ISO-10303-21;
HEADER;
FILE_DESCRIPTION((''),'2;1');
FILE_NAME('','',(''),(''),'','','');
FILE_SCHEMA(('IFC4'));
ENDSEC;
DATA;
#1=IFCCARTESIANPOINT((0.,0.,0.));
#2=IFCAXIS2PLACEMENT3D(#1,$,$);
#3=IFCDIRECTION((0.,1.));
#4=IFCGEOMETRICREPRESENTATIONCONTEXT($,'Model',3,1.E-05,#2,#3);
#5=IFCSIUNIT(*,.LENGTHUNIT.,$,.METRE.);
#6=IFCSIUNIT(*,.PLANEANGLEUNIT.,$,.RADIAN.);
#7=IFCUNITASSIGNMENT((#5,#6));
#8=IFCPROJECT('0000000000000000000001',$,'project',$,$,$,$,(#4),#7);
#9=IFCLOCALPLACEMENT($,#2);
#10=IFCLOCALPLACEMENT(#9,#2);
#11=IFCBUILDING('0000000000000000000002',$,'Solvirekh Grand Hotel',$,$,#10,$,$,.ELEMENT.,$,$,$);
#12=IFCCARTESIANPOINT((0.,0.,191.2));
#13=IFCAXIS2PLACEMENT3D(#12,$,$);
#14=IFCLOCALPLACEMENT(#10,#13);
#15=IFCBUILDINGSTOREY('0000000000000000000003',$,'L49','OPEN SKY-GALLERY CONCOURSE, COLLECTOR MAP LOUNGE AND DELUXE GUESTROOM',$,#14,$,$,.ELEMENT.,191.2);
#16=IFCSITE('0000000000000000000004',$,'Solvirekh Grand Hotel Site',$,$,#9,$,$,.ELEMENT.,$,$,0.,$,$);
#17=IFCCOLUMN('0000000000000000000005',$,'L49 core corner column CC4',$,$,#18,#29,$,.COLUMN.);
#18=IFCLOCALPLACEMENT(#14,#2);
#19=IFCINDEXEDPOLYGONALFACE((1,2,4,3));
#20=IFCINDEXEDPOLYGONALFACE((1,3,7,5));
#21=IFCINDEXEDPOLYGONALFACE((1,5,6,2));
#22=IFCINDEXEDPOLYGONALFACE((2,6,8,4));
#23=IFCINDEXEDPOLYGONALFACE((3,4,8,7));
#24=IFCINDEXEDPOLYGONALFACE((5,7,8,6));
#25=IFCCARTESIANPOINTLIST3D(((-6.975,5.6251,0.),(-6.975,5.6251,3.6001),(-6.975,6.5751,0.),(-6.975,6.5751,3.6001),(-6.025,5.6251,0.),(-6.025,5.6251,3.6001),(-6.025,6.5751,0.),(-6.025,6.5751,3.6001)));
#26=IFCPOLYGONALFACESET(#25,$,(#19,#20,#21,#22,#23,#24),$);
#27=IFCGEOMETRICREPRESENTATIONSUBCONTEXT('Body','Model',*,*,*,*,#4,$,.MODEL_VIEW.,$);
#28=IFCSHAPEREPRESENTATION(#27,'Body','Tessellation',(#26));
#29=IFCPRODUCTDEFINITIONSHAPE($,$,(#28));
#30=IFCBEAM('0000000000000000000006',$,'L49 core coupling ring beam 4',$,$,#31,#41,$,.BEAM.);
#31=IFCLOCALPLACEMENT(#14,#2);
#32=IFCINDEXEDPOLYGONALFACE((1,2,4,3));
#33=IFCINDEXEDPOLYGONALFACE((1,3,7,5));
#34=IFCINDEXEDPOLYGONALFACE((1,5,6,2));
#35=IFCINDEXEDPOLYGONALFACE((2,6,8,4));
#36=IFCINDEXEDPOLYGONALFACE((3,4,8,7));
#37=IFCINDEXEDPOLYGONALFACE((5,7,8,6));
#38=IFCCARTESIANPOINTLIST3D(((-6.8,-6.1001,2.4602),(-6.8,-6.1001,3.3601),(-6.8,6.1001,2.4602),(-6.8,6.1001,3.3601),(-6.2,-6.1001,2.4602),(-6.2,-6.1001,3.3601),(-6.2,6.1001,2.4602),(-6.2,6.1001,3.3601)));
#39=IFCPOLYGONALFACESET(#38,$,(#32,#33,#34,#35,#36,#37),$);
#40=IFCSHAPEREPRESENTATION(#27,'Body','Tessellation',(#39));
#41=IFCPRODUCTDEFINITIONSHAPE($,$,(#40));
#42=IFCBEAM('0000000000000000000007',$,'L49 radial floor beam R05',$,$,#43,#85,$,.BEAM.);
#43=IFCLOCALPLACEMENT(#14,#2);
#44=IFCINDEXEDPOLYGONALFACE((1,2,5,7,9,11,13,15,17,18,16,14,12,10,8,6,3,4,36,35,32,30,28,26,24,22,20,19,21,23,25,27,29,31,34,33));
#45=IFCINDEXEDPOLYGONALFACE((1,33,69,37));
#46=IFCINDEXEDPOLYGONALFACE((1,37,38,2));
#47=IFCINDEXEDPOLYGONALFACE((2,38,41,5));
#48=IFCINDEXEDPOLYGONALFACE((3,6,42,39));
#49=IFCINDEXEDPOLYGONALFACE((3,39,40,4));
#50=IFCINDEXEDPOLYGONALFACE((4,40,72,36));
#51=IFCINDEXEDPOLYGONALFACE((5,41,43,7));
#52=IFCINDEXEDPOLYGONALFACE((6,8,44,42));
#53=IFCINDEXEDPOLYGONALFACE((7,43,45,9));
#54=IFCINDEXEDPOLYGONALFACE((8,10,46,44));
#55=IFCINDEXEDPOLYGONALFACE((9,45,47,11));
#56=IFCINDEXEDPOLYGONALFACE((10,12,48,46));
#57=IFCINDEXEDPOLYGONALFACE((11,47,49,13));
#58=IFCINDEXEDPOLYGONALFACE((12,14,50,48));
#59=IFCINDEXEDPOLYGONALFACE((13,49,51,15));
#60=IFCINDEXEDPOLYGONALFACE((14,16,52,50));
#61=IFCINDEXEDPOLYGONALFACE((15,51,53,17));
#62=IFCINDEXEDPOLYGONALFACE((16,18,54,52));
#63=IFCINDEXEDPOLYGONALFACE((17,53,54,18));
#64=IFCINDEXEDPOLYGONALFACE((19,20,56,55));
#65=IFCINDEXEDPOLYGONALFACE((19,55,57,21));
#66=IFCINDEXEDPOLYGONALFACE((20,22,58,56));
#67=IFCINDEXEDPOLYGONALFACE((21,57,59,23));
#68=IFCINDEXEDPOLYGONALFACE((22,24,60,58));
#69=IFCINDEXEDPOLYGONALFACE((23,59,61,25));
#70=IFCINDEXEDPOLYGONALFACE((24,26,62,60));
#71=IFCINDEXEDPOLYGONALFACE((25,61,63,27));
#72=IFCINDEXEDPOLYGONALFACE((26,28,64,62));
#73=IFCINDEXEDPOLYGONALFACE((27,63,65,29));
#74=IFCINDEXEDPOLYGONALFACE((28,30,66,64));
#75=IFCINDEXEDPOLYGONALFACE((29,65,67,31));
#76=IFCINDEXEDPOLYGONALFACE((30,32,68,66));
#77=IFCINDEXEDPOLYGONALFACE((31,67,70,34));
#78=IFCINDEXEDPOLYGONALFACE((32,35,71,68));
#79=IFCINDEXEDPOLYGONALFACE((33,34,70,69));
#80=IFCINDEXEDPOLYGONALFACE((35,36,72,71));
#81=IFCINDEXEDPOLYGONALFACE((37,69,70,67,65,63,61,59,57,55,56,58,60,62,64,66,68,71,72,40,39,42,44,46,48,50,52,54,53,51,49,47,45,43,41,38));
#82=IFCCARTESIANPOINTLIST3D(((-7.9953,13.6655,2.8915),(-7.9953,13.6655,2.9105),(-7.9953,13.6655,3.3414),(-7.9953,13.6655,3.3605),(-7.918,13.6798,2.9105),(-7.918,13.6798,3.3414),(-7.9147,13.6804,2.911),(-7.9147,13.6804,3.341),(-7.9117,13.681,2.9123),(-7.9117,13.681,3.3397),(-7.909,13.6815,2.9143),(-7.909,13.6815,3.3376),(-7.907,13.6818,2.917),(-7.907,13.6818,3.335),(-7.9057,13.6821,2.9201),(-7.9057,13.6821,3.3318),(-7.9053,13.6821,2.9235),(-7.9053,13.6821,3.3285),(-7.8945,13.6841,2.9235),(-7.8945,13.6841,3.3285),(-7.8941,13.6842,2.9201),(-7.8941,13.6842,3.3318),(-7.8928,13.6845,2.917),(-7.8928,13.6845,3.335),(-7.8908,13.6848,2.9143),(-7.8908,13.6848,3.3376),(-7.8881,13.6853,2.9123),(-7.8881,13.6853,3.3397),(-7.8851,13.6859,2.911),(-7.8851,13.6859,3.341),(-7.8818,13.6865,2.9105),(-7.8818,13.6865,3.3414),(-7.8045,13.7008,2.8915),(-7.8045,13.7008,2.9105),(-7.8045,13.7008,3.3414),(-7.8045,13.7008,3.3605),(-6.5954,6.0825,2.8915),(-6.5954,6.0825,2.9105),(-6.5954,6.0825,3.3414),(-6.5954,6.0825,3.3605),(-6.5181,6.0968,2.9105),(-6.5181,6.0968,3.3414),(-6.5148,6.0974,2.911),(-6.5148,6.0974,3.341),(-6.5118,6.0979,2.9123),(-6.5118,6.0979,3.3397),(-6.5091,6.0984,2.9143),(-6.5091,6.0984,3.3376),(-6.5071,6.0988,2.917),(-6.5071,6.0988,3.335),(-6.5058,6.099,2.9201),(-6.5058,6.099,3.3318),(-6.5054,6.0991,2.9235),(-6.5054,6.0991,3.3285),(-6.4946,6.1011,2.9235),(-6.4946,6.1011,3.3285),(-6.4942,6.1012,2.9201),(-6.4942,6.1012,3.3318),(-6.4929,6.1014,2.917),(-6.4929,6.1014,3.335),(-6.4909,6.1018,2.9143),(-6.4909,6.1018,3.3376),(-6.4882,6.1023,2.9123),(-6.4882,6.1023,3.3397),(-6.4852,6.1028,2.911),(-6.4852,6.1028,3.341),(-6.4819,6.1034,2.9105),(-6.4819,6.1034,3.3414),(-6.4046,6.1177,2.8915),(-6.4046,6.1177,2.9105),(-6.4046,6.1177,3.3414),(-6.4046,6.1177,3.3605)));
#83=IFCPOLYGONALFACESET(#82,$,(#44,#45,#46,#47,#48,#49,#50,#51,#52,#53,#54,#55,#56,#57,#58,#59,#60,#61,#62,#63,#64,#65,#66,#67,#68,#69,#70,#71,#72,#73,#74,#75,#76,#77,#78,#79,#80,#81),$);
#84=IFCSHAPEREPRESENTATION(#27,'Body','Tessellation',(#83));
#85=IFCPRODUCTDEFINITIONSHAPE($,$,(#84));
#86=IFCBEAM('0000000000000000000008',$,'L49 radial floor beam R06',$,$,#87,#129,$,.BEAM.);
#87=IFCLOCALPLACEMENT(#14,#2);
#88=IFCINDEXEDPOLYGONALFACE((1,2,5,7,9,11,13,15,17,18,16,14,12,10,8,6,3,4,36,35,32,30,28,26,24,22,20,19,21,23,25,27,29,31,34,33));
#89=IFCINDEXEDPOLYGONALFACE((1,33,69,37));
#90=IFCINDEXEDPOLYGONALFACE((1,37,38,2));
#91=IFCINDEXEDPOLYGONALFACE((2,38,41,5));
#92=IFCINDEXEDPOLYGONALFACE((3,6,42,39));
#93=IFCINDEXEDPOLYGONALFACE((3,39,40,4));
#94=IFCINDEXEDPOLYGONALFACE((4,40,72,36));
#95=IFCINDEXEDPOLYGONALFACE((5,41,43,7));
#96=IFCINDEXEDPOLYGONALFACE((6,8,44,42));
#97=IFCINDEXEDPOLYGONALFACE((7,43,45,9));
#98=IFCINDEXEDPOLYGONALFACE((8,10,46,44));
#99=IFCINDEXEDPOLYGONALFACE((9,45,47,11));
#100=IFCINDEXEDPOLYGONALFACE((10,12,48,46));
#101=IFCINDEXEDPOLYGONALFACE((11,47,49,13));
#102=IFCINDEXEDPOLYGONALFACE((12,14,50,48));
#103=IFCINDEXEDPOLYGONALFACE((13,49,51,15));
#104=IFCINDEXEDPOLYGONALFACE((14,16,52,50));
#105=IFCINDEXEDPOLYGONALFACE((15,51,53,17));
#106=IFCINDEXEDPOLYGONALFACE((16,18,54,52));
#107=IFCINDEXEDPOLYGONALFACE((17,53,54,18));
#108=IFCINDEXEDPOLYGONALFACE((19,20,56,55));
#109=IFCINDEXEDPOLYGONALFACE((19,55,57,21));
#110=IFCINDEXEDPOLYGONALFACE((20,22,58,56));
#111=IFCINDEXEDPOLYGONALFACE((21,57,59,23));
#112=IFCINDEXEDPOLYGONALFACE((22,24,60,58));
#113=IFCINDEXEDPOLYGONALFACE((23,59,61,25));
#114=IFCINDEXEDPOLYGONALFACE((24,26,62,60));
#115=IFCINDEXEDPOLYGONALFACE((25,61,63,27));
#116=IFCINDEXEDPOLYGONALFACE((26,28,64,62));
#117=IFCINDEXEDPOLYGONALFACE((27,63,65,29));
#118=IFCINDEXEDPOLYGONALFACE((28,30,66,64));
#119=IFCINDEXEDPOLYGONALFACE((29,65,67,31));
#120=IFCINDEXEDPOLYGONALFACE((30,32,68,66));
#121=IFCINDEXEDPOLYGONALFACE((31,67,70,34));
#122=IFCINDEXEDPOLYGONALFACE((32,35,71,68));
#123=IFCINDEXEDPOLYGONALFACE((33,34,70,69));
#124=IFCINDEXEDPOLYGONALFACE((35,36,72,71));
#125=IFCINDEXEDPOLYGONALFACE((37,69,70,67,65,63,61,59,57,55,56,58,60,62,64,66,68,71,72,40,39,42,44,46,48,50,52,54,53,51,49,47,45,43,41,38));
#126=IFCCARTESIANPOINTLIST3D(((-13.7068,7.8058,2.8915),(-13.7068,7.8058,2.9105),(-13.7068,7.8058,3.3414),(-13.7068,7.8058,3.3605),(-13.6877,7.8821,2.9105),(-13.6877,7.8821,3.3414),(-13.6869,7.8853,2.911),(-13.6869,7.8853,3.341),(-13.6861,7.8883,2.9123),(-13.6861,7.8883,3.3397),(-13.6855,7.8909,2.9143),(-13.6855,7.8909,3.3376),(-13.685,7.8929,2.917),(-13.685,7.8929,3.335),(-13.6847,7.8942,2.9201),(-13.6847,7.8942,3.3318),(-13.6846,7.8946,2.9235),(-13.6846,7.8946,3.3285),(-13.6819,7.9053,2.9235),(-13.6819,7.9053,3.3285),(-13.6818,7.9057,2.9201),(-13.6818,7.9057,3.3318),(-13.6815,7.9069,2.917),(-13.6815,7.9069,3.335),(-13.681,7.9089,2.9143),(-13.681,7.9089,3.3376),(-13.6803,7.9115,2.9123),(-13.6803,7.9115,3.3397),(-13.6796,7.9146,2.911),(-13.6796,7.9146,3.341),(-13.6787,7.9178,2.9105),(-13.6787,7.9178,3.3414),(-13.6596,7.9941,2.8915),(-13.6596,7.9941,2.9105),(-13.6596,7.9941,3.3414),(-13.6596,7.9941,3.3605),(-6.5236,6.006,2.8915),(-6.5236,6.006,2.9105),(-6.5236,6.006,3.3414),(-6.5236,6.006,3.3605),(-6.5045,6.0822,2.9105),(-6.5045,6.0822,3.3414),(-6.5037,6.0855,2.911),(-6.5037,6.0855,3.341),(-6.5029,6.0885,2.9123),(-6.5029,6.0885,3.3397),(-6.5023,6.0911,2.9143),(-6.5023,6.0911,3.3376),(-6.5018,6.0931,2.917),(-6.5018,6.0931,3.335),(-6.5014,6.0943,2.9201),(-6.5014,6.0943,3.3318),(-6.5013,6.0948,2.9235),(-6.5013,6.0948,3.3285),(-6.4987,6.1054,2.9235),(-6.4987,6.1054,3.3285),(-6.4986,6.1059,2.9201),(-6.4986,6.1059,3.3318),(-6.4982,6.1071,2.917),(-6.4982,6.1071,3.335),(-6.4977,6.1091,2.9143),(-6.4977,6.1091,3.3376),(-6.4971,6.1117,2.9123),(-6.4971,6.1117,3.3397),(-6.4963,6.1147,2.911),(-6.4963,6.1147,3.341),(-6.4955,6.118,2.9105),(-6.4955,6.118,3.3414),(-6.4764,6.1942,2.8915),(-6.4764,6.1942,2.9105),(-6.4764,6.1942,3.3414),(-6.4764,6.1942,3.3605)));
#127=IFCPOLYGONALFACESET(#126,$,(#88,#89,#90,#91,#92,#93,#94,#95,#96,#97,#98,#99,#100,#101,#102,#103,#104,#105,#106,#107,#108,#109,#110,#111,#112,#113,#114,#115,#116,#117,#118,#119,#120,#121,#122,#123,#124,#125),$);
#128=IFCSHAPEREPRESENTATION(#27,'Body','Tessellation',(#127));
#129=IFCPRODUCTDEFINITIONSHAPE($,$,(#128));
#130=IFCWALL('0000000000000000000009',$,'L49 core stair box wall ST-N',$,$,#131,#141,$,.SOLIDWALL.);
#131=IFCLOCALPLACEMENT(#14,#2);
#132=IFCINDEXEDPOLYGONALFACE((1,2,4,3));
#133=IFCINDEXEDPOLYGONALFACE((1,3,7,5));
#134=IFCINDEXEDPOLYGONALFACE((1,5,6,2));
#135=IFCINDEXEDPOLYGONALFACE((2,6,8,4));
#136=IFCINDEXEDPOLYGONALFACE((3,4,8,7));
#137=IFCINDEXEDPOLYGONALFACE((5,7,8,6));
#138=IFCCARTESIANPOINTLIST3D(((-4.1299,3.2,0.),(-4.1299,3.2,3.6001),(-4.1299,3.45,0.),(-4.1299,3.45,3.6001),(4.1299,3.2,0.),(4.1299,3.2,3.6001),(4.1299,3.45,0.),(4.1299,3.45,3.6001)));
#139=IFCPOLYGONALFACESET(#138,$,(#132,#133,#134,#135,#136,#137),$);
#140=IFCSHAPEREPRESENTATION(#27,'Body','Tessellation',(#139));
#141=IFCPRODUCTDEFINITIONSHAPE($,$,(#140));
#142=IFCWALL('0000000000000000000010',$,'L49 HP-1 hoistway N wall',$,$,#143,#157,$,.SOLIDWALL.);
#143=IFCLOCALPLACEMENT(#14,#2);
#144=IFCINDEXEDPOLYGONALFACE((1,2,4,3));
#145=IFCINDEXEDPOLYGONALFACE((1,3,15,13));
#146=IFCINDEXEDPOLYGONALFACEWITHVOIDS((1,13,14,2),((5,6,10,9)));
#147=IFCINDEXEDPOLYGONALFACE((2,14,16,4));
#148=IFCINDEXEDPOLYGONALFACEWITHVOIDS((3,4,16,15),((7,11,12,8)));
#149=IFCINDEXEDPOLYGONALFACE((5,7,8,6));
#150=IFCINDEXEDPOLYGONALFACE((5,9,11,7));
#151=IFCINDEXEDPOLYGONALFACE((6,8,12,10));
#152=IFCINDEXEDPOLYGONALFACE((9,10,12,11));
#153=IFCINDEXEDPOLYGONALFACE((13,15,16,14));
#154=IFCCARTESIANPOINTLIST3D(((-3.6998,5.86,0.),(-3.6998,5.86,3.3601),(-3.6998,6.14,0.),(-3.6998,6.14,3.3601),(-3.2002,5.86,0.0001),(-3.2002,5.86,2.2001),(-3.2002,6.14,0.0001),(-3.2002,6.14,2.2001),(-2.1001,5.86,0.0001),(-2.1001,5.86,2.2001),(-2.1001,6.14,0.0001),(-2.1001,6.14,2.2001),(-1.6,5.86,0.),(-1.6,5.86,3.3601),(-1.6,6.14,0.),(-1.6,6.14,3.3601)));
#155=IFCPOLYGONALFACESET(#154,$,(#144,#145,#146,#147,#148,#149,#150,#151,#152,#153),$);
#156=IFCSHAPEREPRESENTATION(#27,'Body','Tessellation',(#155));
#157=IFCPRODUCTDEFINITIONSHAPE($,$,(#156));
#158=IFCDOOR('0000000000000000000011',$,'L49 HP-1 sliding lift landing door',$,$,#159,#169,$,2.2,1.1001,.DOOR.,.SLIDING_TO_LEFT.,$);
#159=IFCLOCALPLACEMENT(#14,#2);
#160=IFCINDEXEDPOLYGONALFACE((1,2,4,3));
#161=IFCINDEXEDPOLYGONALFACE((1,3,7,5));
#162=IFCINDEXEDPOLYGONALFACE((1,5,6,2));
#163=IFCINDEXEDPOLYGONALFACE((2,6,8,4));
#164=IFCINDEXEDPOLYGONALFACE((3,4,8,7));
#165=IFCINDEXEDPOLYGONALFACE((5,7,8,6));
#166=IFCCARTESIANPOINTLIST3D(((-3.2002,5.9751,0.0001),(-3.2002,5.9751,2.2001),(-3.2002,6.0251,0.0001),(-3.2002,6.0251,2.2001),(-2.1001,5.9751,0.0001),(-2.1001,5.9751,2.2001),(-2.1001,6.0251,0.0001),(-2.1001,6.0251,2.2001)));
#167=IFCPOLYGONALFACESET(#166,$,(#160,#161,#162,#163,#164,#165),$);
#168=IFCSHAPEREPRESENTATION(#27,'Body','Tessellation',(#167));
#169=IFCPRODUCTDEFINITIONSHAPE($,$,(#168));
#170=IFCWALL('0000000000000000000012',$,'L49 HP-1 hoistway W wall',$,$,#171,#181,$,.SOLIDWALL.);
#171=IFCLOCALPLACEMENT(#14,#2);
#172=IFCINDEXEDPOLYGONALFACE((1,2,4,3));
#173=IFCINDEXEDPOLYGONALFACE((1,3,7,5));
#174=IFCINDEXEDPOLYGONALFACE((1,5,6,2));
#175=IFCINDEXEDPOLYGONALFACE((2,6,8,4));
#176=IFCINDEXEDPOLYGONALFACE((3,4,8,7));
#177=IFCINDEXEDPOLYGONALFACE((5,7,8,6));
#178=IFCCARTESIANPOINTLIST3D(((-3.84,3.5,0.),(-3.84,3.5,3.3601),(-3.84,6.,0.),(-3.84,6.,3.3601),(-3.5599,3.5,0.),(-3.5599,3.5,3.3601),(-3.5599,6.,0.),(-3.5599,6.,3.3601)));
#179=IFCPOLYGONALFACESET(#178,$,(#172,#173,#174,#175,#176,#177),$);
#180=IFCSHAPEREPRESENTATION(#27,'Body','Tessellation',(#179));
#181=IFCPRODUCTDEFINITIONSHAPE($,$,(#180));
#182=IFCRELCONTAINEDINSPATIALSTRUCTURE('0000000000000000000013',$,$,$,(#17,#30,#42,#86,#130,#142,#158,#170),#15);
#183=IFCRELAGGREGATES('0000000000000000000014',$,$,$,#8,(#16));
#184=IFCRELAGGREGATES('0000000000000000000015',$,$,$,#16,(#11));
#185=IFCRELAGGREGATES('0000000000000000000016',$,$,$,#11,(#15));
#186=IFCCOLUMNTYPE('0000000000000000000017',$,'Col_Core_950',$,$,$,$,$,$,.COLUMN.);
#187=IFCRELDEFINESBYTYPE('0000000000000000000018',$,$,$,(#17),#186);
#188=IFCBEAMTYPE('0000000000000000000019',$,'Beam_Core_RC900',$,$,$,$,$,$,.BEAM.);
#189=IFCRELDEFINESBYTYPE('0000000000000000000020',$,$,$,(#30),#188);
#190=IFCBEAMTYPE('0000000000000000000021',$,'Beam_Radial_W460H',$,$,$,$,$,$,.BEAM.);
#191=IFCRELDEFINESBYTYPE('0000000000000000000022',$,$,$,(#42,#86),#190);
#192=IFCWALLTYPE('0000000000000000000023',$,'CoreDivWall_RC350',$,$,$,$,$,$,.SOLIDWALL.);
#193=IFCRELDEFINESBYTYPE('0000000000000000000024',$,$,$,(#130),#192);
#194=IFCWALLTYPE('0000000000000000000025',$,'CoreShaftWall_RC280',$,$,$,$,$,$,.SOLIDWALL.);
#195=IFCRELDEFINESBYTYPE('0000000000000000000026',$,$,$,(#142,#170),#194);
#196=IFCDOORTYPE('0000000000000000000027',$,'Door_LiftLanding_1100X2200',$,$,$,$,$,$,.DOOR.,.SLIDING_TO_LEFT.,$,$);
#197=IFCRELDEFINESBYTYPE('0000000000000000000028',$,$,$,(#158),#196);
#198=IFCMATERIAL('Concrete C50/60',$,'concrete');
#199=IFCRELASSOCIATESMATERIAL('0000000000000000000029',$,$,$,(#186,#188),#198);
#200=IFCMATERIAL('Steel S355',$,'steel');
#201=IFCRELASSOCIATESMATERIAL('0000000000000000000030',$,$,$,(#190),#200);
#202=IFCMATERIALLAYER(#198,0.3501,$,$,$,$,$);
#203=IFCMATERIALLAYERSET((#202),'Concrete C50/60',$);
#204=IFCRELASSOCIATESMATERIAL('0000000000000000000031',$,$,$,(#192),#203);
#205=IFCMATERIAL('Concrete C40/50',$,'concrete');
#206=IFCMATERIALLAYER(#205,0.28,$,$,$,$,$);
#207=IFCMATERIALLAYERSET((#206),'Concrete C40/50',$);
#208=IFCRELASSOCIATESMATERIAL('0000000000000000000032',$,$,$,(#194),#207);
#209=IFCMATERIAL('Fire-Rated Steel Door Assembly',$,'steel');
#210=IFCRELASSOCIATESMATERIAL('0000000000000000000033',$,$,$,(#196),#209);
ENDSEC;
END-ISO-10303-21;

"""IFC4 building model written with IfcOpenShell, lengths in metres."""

from ifc_helpers import new_model, si_unit, direction, frame, frame_2d, origin, origin_2d, place, context, subcontext, project, spatial, rectangle, i_section, extrude, material, layer, layer_set, material_profile, profile_set, type_object, element, fill, save


model = new_model("IFC4")

# Units and contexts
model_context = context("Model", 3, precision=1e-05, world=origin(), true_north=direction((0.0, 1.0)))
body_context = subcontext(model_context, "Body", "Model", "MODEL_VIEW")
ifc_project = project(units=[si_unit("LENGTHUNIT", "METRE"), si_unit("PLANEANGLEUNIT", "RADIAN")], contexts=[model_context])

# Site, building, storey
site_placement = place(None, origin())
site = spatial("IfcSite", under=ifc_project, at=site_placement, Name="Solvirekh Grand Hotel Site", CompositionType="ELEMENT", RefElevation=0.0)
building_placement = place(site_placement, origin())
building = spatial("IfcBuilding", under=site, at=building_placement, Name="Solvirekh Grand Hotel", CompositionType="ELEMENT")
storey_placement = place(building_placement, frame((0.0, 0.0, 191.2)))
storey = spatial("IfcBuildingStorey", under=building, at=storey_placement, Name="L49", Description="OPEN SKY-GALLERY CONCOURSE, COLLECTOR MAP LOUNGE AND DELUXE GUESTROOM", CompositionType="ELEMENT", Elevation=191.2)

# Column
ifc_material_1 = material(Name="Concrete C50/60", Category="concrete")
ifc_material_profile_1 = material_profile(ifc_material_1, rectangle(XDim=0.95, YDim=0.95, at=origin_2d()), Name="RC 950X950")
ifc_profile_set_1 = profile_set([ifc_material_profile_1], Name="Concrete C50/60")
column_type = type_object("IfcColumnType", Name="Col_Core_950", PredefinedType="COLUMN", material=ifc_profile_set_1)
column_placement = place(storey_placement, frame((-6.5, 6.1001, 0.0), z_axis=(0.0, 0.0, 1.0), x_axis=(1.0, 0.0, 0.0)))
element("IfcColumn", 1, at=column_placement, inside=storey, type_object=column_type, Name="L49 core corner column CC4", PredefinedType="COLUMN", context=body_context, shape_type="SweptSolid", body=[
    extrude(rectangle(XDim=0.95, YDim=0.95, at=origin_2d()), origin(), (0.0, 0.0, 1.0), 3.6001),
])

# Beams
ifc_material_profile_2 = material_profile(ifc_material_1, rectangle(XDim=0.6001, YDim=0.8999, at=origin_2d()), Name="RC BEAM 600X900")
ifc_profile_set_2 = profile_set([ifc_material_profile_2], Name="Concrete C50/60")
beam_type_1 = type_object("IfcBeamType", Name="Beam_Core_RC900", PredefinedType="BEAM", material=ifc_profile_set_2)
beam_1_placement = place(storey_placement, frame((-6.5, 6.1001, 2.9102), z_axis=(0.0, -1.0, 0.0), x_axis=(1.0, 0.0, 0.0)))
element("IfcBeam", 2, at=beam_1_placement, inside=storey, type_object=beam_type_1, Name="L49 core coupling ring beam 4", PredefinedType="BEAM", context=body_context, shape_type="SweptSolid", body=[
    extrude(rectangle(XDim=0.6001, YDim=0.8999, at=origin_2d()), origin(), (0.0, 0.0, 1.0), 12.2002),
])
ifc_material_2 = material(Name="Steel S355", Category="steel")
ifc_material_profile_3 = material_profile(ifc_material_2, i_section(OverallWidth=0.1941, OverallDepth=0.469, WebThickness=0.011, FlangeThickness=0.019, FilletRadius=0.0129, at=origin_2d()), Name="W460X106")
ifc_profile_set_3 = profile_set([ifc_material_profile_3], Name="Steel S355")
beam_type_2 = type_object("IfcBeamType", Name="Beam_Radial_W460H", PredefinedType="BEAM", material=ifc_profile_set_3)
beam_2_placement = place(storey_placement, frame((-6.5, 6.1001, 3.126), z_axis=(-0.181543, 0.983383, 0.0), x_axis=(-0.983383, -0.181543, 0.0)))
element("IfcBeam", 3, at=beam_2_placement, inside=storey, type_object=beam_type_2, Name="L49 radial floor beam R05", PredefinedType="BEAM", context=body_context, shape_type="SweptSolid", body=[
    extrude(i_section(OverallWidth=0.1941, OverallDepth=0.469, WebThickness=0.011, FlangeThickness=0.019, FilletRadius=0.0129, at=origin_2d()), origin(), (0.0, 0.0, 1.0), 7.7112),
])
beam_3_placement = place(storey_placement, frame((-6.5, 6.1001, 3.126), z_axis=(-0.970014, 0.243048, 0.0), x_axis=(-0.243048, -0.970014, 0.0)))
element("IfcBeam", 4, at=beam_3_placement, inside=storey, type_object=beam_type_2, Name="L49 radial floor beam R06", PredefinedType="BEAM", context=body_context, shape_type="SweptSolid", body=[
    extrude(i_section(OverallWidth=0.1941, OverallDepth=0.469, WebThickness=0.011, FlangeThickness=0.019, FilletRadius=0.0129, at=origin_2d()), origin(), (0.0, 0.0, 1.0), 7.4053),
])

# Wall
ifc_layer_1 = layer(ifc_material_1, 0.3501)
ifc_layer_set_1 = layer_set([ifc_layer_1], Name="Concrete C50/60")
wall_type_1 = type_object("IfcWallType", Name="CoreDivWall_RC350", PredefinedType="SOLIDWALL", material=ifc_layer_set_1)
wall_1_placement = place(storey_placement, frame((-4.1299, 3.325, 0.0), z_axis=(0.0, 0.0, 1.0), x_axis=(1.0, 0.0, 0.0)))
element("IfcWall", 5, at=wall_1_placement, inside=storey, type_object=wall_type_1, Name="L49 core stair box wall ST-N", PredefinedType="SOLIDWALL", context=body_context, shape_type="SweptSolid", body=[
    extrude(rectangle(XDim=8.2598, YDim=0.25, at=frame_2d((4.1299, 0.0))), origin(), (0.0, 0.0, 1.0), 3.6001),
])

# Wall, opening, door
ifc_material_3 = material(Name="Concrete C40/50", Category="concrete")
ifc_layer_2 = layer(ifc_material_3, 0.28)
ifc_layer_set_2 = layer_set([ifc_layer_2], Name="Concrete C40/50")
wall_type_2 = type_object("IfcWallType", Name="CoreShaftWall_RC280", PredefinedType="SOLIDWALL", material=ifc_layer_set_2)
wall_2_placement = place(storey_placement, frame((-1.6001, 6.0, 0.0), z_axis=(0.0, 0.0, 1.0), x_axis=(-1.0, 0.0, 0.0)))
wall_2 = element("IfcWall", 6, at=wall_2_placement, inside=storey, type_object=wall_type_2, Name="L49 HP-1 hoistway N wall", PredefinedType="SOLIDWALL", context=body_context, shape_type="SweptSolid", body=[
    extrude(rectangle(XDim=2.0999, YDim=0.28, at=frame_2d((1.0498, 0.0))), origin(), (0.0, 0.0, 1.0), 3.3601),
])
opening_1_placement = place(wall_2_placement, frame((0.5, 0.0, 0.0)))
opening_1 = element("IfcOpeningElement", 7, at=opening_1_placement, cuts=wall_2, PredefinedType="OPENING", context=body_context, shape_type="SweptSolid", body=[
    extrude(rectangle(XDim=1.1001, YDim=2.2, at=frame_2d((0.55, 1.1001))), frame((0.0, 0.1499, 0.0), z_axis=(0.0, -1.0, 0.0), x_axis=(1.0, 0.0, 0.0)), (0.0, 0.0, 1.0), 0.3),
])
ifc_material_4 = material(Name="Fire-Rated Steel Door Assembly", Category="steel")
door_type_1 = type_object("IfcDoorType", Name="Door_LiftLanding_1100X2200", OperationType="SLIDING_TO_LEFT", PredefinedType="DOOR", material=ifc_material_4)
door_1_placement = place(opening_1_placement, origin())
door_1 = element("IfcDoor", 8, at=door_1_placement, inside=storey, type_object=door_type_1, Name="L49 HP-1 sliding lift landing door", OperationType="SLIDING_TO_LEFT", OverallHeight=2.2, OverallWidth=1.1001, PredefinedType="DOOR", context=body_context, shape_type="SweptSolid", body=[
    extrude(rectangle(XDim=1.1001, YDim=2.2, at=frame_2d((0.55, 1.1001))), frame((0.0, 0.0249, 0.0), z_axis=(0.0, -1.0, 0.0), x_axis=(1.0, 0.0, 0.0)), (0.0, 0.0, 1.0), 0.05),
])
fill(opening_1, door_1)

# Wall
for number, where, z_axis, x_axis, name in (
    (9, (-3.7, 6.0, 0.0), (0.0, 0.0, 1.0), (0.0, -1.0, 0.0), "L49 HP-1 hoistway W wall"),
):
    element("IfcWall", number, at=place(storey_placement, frame(where, z_axis=z_axis, x_axis=x_axis)), inside=storey, type_object=wall_type_2, Name=name, PredefinedType="SOLIDWALL", context=body_context, shape_type="SweptSolid", body=[
        extrude(rectangle(XDim=2.5, YDim=0.28, at=frame_2d((1.25, 0.0))), origin(), (0.0, 0.0, 1.0), 3.3601),
    ])

save(model, "model.ifc")
